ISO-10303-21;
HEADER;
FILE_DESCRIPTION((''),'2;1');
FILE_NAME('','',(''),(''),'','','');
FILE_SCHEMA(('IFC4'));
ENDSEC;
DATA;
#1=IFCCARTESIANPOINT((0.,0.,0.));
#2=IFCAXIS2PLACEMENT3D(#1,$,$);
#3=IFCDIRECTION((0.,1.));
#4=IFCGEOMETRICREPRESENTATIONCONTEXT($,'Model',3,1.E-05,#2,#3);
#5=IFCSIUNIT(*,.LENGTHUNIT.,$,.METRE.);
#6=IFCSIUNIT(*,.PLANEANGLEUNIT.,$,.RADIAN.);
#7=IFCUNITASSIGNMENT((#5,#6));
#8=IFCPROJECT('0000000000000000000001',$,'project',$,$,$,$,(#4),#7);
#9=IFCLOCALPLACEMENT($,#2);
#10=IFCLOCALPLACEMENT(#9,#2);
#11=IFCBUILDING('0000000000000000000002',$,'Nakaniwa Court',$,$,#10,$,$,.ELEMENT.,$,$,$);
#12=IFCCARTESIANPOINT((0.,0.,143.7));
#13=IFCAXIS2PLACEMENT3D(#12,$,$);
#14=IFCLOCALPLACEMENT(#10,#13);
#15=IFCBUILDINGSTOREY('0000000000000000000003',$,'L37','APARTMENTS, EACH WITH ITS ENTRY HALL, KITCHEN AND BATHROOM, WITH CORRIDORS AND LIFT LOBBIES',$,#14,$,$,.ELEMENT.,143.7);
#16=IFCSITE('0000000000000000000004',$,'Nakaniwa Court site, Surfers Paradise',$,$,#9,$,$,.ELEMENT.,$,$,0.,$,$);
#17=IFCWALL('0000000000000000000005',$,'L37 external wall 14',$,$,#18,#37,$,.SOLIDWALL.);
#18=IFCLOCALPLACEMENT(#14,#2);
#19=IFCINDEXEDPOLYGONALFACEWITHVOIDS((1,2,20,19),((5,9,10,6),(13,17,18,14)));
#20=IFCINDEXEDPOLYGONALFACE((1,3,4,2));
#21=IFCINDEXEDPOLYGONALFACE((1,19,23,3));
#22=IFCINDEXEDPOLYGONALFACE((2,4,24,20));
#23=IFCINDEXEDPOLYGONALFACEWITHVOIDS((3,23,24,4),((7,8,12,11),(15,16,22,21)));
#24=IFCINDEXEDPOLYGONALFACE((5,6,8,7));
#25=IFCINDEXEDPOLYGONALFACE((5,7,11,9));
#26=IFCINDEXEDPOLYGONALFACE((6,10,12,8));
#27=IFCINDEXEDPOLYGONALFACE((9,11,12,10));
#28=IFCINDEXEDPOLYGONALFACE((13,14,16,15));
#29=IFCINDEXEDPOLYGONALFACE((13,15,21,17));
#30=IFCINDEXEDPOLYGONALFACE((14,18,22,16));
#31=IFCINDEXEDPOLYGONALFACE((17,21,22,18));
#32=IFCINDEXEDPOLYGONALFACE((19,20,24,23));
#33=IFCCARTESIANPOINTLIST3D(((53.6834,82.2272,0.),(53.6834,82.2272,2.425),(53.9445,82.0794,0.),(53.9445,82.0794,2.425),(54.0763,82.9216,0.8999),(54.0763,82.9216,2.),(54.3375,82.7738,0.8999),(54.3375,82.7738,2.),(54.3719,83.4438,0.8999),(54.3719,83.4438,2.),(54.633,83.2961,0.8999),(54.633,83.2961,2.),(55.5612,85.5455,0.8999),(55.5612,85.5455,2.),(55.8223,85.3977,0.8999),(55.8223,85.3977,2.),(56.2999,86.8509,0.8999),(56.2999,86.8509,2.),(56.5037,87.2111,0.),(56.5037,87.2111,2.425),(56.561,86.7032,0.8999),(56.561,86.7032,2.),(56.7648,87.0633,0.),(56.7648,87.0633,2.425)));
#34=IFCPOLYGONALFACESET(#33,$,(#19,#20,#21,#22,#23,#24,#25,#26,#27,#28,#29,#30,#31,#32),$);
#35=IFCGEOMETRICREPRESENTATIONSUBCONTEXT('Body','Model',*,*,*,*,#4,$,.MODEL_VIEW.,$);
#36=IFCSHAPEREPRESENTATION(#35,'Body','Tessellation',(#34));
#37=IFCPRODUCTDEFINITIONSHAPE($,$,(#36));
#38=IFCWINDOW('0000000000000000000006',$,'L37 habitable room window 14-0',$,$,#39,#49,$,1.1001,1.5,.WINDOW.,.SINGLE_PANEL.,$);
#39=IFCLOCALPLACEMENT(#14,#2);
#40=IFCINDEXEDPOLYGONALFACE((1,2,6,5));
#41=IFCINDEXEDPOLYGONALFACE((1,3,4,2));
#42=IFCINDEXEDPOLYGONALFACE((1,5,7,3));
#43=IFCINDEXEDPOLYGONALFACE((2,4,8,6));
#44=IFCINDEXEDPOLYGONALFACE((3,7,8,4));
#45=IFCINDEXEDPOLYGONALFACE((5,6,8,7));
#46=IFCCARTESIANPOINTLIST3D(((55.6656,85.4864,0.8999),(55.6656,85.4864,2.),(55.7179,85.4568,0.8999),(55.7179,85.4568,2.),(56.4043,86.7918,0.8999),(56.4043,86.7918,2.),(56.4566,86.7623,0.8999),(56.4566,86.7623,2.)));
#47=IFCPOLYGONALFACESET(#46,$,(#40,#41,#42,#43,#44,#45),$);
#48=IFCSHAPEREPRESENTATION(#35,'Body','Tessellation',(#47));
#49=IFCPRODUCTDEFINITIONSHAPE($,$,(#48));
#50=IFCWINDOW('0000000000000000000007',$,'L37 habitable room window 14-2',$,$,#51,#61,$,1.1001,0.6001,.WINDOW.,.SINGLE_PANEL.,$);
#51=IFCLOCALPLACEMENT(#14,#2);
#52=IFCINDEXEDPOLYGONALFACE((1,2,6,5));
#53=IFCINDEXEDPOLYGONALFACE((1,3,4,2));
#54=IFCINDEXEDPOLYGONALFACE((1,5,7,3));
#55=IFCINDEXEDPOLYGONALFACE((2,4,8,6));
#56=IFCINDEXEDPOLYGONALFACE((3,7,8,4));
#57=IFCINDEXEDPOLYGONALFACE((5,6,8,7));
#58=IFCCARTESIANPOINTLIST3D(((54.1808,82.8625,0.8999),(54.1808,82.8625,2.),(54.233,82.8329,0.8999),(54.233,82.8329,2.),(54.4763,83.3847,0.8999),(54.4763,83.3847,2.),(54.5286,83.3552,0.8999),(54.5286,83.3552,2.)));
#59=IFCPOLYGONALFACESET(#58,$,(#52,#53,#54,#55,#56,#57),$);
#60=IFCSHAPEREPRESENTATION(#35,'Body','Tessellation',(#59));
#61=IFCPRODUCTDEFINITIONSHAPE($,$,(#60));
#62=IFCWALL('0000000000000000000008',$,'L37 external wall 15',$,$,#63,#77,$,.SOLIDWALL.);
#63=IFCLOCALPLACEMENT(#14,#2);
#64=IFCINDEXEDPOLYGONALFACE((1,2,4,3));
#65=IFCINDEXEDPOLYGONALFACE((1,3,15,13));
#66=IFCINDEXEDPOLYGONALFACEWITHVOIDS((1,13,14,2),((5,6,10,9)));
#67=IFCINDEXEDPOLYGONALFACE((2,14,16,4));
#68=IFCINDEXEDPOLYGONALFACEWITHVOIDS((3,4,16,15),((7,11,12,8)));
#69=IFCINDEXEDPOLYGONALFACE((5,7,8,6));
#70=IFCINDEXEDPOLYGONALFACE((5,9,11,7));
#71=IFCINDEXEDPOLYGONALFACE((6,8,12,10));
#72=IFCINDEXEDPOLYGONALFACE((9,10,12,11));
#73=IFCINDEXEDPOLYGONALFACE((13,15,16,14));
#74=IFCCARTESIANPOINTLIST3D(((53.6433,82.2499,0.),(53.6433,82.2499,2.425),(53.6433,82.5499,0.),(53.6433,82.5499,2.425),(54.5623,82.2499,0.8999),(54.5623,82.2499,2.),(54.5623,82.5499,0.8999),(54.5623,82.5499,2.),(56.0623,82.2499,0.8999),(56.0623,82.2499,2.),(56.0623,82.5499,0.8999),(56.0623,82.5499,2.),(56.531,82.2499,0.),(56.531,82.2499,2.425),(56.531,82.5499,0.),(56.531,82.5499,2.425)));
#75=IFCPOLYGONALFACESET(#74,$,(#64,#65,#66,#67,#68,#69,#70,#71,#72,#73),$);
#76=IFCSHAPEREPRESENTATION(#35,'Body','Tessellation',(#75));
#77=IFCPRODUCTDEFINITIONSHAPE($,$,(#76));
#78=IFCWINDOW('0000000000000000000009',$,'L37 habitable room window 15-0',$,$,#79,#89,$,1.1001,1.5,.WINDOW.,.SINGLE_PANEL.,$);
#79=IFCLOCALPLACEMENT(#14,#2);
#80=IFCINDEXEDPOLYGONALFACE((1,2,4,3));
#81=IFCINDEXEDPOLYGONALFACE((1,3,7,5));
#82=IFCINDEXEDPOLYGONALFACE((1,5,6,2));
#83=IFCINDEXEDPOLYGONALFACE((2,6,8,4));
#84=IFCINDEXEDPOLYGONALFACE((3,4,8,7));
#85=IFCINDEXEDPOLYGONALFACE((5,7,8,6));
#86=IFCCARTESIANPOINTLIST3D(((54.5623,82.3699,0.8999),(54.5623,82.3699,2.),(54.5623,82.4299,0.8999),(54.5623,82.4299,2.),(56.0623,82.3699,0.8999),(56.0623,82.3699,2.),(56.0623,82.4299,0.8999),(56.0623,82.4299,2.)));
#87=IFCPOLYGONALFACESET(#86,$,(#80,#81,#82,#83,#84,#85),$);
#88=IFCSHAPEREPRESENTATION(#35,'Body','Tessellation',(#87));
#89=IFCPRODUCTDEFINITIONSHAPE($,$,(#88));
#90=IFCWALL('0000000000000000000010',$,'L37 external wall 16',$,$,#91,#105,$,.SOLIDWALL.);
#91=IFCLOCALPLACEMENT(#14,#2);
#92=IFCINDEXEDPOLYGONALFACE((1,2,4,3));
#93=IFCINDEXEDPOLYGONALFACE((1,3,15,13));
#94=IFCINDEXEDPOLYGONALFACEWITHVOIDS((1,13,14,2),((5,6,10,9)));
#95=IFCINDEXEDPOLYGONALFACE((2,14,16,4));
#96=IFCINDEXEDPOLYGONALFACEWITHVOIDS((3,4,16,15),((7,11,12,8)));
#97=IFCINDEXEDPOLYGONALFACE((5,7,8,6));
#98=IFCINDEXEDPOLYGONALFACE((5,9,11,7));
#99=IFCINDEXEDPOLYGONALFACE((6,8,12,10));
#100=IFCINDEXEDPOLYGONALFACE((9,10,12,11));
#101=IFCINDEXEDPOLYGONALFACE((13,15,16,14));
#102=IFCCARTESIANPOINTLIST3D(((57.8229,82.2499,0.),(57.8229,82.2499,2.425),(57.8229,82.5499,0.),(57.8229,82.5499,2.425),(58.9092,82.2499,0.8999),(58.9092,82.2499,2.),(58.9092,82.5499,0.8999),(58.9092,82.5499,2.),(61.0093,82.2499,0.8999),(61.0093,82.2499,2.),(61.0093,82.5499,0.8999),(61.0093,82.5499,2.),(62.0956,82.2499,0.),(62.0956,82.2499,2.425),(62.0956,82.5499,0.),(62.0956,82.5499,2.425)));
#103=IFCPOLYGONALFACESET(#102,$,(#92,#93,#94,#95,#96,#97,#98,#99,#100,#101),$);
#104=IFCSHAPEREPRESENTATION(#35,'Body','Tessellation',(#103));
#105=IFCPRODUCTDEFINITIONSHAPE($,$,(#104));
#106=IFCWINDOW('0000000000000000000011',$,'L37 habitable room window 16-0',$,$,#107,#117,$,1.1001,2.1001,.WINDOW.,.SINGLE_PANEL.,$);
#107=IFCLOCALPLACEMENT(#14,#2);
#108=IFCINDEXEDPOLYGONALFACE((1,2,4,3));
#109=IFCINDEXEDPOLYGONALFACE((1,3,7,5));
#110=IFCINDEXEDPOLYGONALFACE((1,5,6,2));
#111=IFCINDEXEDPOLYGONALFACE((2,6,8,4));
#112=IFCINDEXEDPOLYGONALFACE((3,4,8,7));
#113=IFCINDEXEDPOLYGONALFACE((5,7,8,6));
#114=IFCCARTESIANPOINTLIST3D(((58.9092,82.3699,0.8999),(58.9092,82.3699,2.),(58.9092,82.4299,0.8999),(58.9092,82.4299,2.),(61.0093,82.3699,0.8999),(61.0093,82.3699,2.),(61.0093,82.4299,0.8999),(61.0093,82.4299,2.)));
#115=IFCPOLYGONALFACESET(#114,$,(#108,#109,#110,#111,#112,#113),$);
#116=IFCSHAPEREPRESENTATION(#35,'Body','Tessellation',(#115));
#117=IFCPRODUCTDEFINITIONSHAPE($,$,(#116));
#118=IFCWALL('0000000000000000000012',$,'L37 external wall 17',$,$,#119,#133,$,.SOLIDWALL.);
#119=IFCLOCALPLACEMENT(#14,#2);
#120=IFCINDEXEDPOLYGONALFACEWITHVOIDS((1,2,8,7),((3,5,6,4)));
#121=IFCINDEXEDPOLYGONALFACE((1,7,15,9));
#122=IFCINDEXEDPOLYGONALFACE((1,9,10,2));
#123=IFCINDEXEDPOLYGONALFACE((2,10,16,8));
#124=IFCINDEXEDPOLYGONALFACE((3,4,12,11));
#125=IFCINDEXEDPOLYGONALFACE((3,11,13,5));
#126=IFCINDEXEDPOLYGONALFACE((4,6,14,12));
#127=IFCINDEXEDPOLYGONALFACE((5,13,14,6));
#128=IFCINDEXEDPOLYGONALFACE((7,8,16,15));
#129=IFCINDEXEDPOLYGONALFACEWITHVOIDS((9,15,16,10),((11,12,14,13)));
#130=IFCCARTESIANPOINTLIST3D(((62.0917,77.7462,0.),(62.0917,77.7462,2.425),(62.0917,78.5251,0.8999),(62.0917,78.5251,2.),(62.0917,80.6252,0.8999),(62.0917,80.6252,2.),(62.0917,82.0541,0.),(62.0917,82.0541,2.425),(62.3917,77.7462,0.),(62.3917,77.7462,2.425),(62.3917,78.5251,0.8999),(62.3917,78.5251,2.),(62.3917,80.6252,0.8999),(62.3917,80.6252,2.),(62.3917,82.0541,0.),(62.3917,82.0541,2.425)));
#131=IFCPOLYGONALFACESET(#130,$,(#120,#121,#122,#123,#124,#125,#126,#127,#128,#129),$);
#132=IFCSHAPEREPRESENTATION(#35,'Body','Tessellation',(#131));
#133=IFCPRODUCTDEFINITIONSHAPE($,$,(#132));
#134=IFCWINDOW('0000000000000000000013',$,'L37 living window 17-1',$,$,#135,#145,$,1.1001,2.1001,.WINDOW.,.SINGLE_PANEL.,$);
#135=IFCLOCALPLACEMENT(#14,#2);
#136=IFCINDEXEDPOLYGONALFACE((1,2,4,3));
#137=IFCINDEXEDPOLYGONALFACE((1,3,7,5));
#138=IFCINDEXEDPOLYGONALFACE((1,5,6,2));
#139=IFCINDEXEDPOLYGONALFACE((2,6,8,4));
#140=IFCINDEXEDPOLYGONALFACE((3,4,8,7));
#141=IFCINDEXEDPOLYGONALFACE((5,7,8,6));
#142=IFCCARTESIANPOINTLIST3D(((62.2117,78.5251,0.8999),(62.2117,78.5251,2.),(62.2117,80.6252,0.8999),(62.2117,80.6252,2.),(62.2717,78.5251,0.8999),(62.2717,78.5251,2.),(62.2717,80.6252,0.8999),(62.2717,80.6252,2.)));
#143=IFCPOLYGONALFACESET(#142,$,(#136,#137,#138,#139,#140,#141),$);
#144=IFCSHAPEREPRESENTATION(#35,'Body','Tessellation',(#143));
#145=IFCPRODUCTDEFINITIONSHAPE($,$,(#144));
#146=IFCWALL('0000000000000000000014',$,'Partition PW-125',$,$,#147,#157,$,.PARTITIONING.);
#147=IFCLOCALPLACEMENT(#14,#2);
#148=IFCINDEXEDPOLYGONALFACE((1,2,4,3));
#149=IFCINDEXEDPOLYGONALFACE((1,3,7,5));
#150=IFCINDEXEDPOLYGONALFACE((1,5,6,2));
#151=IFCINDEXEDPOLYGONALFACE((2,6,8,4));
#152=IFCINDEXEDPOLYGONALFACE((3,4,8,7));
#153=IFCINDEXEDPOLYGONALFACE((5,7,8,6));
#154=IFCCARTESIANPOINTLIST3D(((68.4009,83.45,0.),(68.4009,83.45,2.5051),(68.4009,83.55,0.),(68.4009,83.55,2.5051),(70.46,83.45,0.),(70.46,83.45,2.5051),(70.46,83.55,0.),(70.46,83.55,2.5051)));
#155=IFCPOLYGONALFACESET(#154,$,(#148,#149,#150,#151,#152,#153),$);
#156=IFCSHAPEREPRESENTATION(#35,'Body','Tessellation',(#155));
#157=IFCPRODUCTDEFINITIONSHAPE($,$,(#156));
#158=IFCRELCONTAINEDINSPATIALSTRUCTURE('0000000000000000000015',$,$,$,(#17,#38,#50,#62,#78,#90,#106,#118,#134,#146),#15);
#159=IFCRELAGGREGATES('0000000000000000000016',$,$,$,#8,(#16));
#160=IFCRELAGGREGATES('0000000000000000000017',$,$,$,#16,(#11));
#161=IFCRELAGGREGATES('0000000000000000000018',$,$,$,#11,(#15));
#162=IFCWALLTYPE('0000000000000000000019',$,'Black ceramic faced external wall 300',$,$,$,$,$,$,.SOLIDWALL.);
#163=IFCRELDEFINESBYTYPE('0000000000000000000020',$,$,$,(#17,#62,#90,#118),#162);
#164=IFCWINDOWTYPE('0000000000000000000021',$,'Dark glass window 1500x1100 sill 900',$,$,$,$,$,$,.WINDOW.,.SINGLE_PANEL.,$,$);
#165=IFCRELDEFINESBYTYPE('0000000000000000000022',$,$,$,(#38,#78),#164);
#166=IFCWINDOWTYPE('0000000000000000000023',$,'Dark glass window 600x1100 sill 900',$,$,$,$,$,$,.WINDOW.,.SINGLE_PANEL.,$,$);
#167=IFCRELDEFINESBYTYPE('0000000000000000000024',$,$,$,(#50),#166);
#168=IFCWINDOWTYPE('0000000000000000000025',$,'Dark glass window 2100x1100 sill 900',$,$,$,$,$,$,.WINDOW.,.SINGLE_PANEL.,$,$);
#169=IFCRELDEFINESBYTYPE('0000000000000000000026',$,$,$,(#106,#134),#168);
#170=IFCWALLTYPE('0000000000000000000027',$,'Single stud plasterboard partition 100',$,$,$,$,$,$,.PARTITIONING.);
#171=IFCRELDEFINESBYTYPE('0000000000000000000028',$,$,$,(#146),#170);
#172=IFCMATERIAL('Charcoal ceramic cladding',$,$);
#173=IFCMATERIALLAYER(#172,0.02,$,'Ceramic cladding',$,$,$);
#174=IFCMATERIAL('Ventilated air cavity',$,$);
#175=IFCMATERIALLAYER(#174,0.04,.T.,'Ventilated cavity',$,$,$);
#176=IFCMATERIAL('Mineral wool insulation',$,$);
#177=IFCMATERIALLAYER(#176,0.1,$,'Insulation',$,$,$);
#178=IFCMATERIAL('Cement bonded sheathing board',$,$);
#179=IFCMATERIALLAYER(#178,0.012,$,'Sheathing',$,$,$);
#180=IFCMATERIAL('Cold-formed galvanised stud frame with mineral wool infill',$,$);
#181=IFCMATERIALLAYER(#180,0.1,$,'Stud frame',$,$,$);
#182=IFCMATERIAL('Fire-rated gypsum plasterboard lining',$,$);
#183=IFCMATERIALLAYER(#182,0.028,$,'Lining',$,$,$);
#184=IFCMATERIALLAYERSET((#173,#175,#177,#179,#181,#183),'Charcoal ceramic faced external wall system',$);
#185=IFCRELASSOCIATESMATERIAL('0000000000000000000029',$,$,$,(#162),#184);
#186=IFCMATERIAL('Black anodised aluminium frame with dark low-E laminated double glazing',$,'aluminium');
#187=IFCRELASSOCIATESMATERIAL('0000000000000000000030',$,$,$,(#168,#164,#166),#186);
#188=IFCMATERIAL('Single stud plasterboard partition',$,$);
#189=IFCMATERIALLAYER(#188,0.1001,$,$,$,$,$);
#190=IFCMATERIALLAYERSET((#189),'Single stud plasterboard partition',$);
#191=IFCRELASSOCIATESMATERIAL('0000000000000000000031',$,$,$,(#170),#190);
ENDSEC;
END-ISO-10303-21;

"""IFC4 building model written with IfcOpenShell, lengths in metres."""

from ifc_helpers import new_model, si_unit, direction, frame, frame_2d, origin, place, context, subcontext, project, spatial, rectangle, extrude, material, layer, layer_set, type_object, element, fill, save


model = new_model("IFC4")

# Units and contexts
model_context = context("Model", 3, precision=1e-05, world=origin(), true_north=direction((0.0, 1.0)))
body_context = subcontext(model_context, "Body", "Model", "MODEL_VIEW")
ifc_project = project(units=[si_unit("LENGTHUNIT", "METRE"), si_unit("PLANEANGLEUNIT", "RADIAN")], contexts=[model_context])

# Site, building, storey
site_placement = place(None, origin())
site = spatial("IfcSite", under=ifc_project, at=site_placement, Name="Nakaniwa Court site, Surfers Paradise", CompositionType="ELEMENT", RefElevation=0.0)
building_placement = place(site_placement, origin())
building = spatial("IfcBuilding", under=site, at=building_placement, Name="Nakaniwa Court", CompositionType="ELEMENT")
storey_placement = place(building_placement, frame((0.0, 0.0, 143.7)))
storey = spatial("IfcBuildingStorey", under=building, at=storey_placement, Name="L37", Description="APARTMENTS, EACH WITH ITS ENTRY HALL, KITCHEN AND BATHROOM, WITH CORRIDORS AND LIFT LOBBIES", CompositionType="ELEMENT", Elevation=143.7)

# Shared definitions
ifc_material_1 = material(Name="Charcoal ceramic cladding")
ifc_layer_1 = layer(ifc_material_1, 0.02, Name="Ceramic cladding")
ifc_material_2 = material(Name="Ventilated air cavity")
ifc_layer_2 = layer(ifc_material_2, 0.04, ventilated=True, Name="Ventilated cavity")
ifc_material_3 = material(Name="Mineral wool insulation")
ifc_layer_3 = layer(ifc_material_3, 0.1, Name="Insulation")
ifc_material_4 = material(Name="Cement bonded sheathing board")
ifc_layer_4 = layer(ifc_material_4, 0.012, Name="Sheathing")
ifc_material_5 = material(Name="Cold-formed galvanised stud frame with mineral wool infill")
ifc_layer_5 = layer(ifc_material_5, 0.1, Name="Stud frame")
ifc_material_6 = material(Name="Fire-rated gypsum plasterboard lining")
ifc_layer_6 = layer(ifc_material_6, 0.028, Name="Lining")
ifc_layer_set_1 = layer_set([ifc_layer_1, ifc_layer_2, ifc_layer_3, ifc_layer_4, ifc_layer_5, ifc_layer_6], Name="Charcoal ceramic faced external wall system")
wall_type_1 = type_object("IfcWallType", Name="Black ceramic faced external wall 300", PredefinedType="SOLIDWALL", material=ifc_layer_set_1)
ifc_material_7 = material(Name="Black anodised aluminium frame with dark low-E laminated double glazing", Category="aluminium")
window_type_1 = type_object("IfcWindowType", Name="Dark glass window 2100x1100 sill 900", PartitioningType="SINGLE_PANEL", PredefinedType="WINDOW", material=ifc_material_7)

# Wall, openings, windows
wall_1_placement = place(storey_placement, frame((56.6343, 87.1372, 0.0), z_axis=(0.0, 0.0, 1.0), x_axis=(-0.492498, -0.870313, 0.0)))
wall_1 = element("IfcWall", 1, at=wall_1_placement, inside=storey, type_object=wall_type_1, Name="L37 external wall 14", PredefinedType="SOLIDWALL", context=body_context, shape_type="SweptSolid", body=[
    extrude(rectangle(XDim=5.7266, YDim=0.3, at=frame_2d((2.8633, 0.0))), origin(), (0.0, 0.0, 1.0), 2.425),
])
opening_1_placement = place(wall_1_placement, frame((0.4138, 0.0, 0.8999)))
opening_1 = element("IfcOpeningElement", 2, at=opening_1_placement, cuts=wall_1, PredefinedType="OPENING", context=body_context, shape_type="SweptSolid", body=[
    extrude(rectangle(XDim=1.5, YDim=1.1001, at=frame_2d((0.75, 0.55))), frame((0.0, 0.1599, 0.0), z_axis=(0.0, -1.0, 0.0), x_axis=(1.0, 0.0, 0.0)), (0.0, 0.0, 1.0), 0.3201),
])
opening_2_placement = place(wall_1_placement, frame((4.3286, 0.0, 0.8999)))
opening_2 = element("IfcOpeningElement", 3, at=opening_2_placement, cuts=wall_1, PredefinedType="OPENING", context=body_context, shape_type="SweptSolid", body=[
    extrude(rectangle(XDim=0.6001, YDim=1.1001, at=frame_2d((0.3, 0.55))), frame((0.0, 0.1599, 0.0), z_axis=(0.0, -1.0, 0.0), x_axis=(1.0, 0.0, 0.0)), (0.0, 0.0, 1.0), 0.3201),
])
window_type_2 = type_object("IfcWindowType", Name="Dark glass window 1500x1100 sill 900", PartitioningType="SINGLE_PANEL", PredefinedType="WINDOW", material=ifc_material_7)
window_1_placement = place(opening_1_placement, origin())
window_1 = element("IfcWindow", 4, at=window_1_placement, inside=storey, type_object=window_type_2, Name="L37 habitable room window 14-0", OverallHeight=1.1001, OverallWidth=1.5, PartitioningType="SINGLE_PANEL", PredefinedType="WINDOW", context=body_context, shape_type="SweptSolid", body=[
    extrude(rectangle(XDim=1.5, YDim=1.1001, at=frame_2d((0.75, 0.55))), frame((0.0, 0.03, 0.0), z_axis=(0.0, -1.0, 0.0), x_axis=(1.0, 0.0, 0.0)), (0.0, 0.0, 1.0), 0.0601),
])
fill(opening_1, window_1)
window_type_3 = type_object("IfcWindowType", Name="Dark glass window 600x1100 sill 900", PartitioningType="SINGLE_PANEL", PredefinedType="WINDOW", material=ifc_material_7)
window_2_placement = place(opening_2_placement, origin())
window_2 = element("IfcWindow", 5, at=window_2_placement, inside=storey, type_object=window_type_3, Name="L37 habitable room window 14-2", OverallHeight=1.1001, OverallWidth=0.6001, PartitioningType="SINGLE_PANEL", PredefinedType="WINDOW", context=body_context, shape_type="SweptSolid", body=[
    extrude(rectangle(XDim=0.6001, YDim=1.1001, at=frame_2d((0.3, 0.55))), frame((0.0, 0.03, 0.0), z_axis=(0.0, -1.0, 0.0), x_axis=(1.0, 0.0, 0.0)), (0.0, 0.0, 1.0), 0.0601),
])
fill(opening_2, window_2)

# Walls, openings, windows
wall_2_placement = place(storey_placement, frame((53.6433, 82.3999, 0.0), z_axis=(0.0, 0.0, 1.0), x_axis=(1.0, 0.0, 0.0)))
wall_2 = element("IfcWall", 6, at=wall_2_placement, inside=storey, type_object=wall_type_1, Name="L37 external wall 15", PredefinedType="SOLIDWALL", context=body_context, shape_type="SweptSolid", body=[
    extrude(rectangle(XDim=2.8877, YDim=0.3, at=frame_2d((1.4438, 0.0))), origin(), (0.0, 0.0, 1.0), 2.425),
])
opening_3_placement = place(wall_2_placement, frame((0.9189, 0.0, 0.8999)))
opening_3 = element("IfcOpeningElement", 7, at=opening_3_placement, cuts=wall_2, PredefinedType="OPENING", context=body_context, shape_type="SweptSolid", body=[
    extrude(rectangle(XDim=1.5, YDim=1.1001, at=frame_2d((0.75, 0.55))), frame((0.0, 0.1599, 0.0), z_axis=(0.0, -1.0, 0.0), x_axis=(1.0, 0.0, 0.0)), (0.0, 0.0, 1.0), 0.3201),
])
window_3_placement = place(opening_3_placement, origin())
window_3 = element("IfcWindow", 8, at=window_3_placement, inside=storey, type_object=window_type_2, Name="L37 habitable room window 15-0", OverallHeight=1.1001, OverallWidth=1.5, PartitioningType="SINGLE_PANEL", PredefinedType="WINDOW", context=body_context, shape_type="SweptSolid", body=[
    extrude(rectangle(XDim=1.5, YDim=1.1001, at=frame_2d((0.75, 0.55))), frame((0.0, 0.03, 0.0), z_axis=(0.0, -1.0, 0.0), x_axis=(1.0, 0.0, 0.0)), (0.0, 0.0, 1.0), 0.0601),
])
fill(opening_3, window_3)
wall_3_placement = place(storey_placement, frame((57.823, 82.3999, 0.0), z_axis=(0.0, 0.0, 1.0), x_axis=(1.0, 0.0, 0.0)))
wall_3 = element("IfcWall", 9, at=wall_3_placement, inside=storey, type_object=wall_type_1, Name="L37 external wall 16", PredefinedType="SOLIDWALL", context=body_context, shape_type="SweptSolid", body=[
    extrude(rectangle(XDim=4.2727, YDim=0.3, at=frame_2d((2.1362, 0.0))), origin(), (0.0, 0.0, 1.0), 2.425),
])
opening_4_placement = place(wall_3_placement, frame((1.0862, 0.0, 0.8999)))
opening_4 = element("IfcOpeningElement", 10, at=opening_4_placement, cuts=wall_3, PredefinedType="OPENING", context=body_context, shape_type="SweptSolid", body=[
    extrude(rectangle(XDim=2.1001, YDim=1.1001, at=frame_2d((1.05, 0.55))), frame((0.0, 0.1599, 0.0), z_axis=(0.0, -1.0, 0.0), x_axis=(1.0, 0.0, 0.0)), (0.0, 0.0, 1.0), 0.3201),
])
window_4_placement = place(opening_4_placement, origin())
window_4 = element("IfcWindow", 11, at=window_4_placement, inside=storey, type_object=window_type_1, Name="L37 habitable room window 16-0", OverallHeight=1.1001, OverallWidth=2.1001, PartitioningType="SINGLE_PANEL", PredefinedType="WINDOW", context=body_context, shape_type="SweptSolid", body=[
    extrude(rectangle(XDim=2.1001, YDim=1.1001, at=frame_2d((1.05, 0.55))), frame((0.0, 0.03, 0.0), z_axis=(0.0, -1.0, 0.0), x_axis=(1.0, 0.0, 0.0)), (0.0, 0.0, 1.0), 0.0601),
])
fill(opening_4, window_4)
wall_4_placement = place(storey_placement, frame((62.2417, 82.054, 0.0), z_axis=(0.0, 0.0, 1.0), x_axis=(0.0, -1.0, 0.0)))
wall_4 = element("IfcWall", 12, at=wall_4_placement, inside=storey, type_object=wall_type_1, Name="L37 external wall 17", PredefinedType="SOLIDWALL", context=body_context, shape_type="SweptSolid", body=[
    extrude(rectangle(XDim=4.3079, YDim=0.3, at=frame_2d((2.1538, 0.0))), origin(), (0.0, 0.0, 1.0), 2.425),
])
opening_5_placement = place(wall_4_placement, frame((1.4287, 0.0, 0.8999)))
opening_5 = element("IfcOpeningElement", 13, at=opening_5_placement, cuts=wall_4, PredefinedType="OPENING", context=body_context, shape_type="SweptSolid", body=[
    extrude(rectangle(XDim=2.1001, YDim=1.1001, at=frame_2d((1.05, 0.55))), frame((0.0, 0.1599, 0.0), z_axis=(0.0, -1.0, 0.0), x_axis=(1.0, 0.0, 0.0)), (0.0, 0.0, 1.0), 0.3201),
])
window_5_placement = place(opening_5_placement, origin())
window_5 = element("IfcWindow", 14, at=window_5_placement, inside=storey, type_object=window_type_1, Name="L37 living window 17-1", OverallHeight=1.1001, OverallWidth=2.1001, PartitioningType="SINGLE_PANEL", PredefinedType="WINDOW", context=body_context, shape_type="SweptSolid", body=[
    extrude(rectangle(XDim=2.1001, YDim=1.1001, at=frame_2d((1.05, 0.55))), frame((0.0, 0.03, 0.0), z_axis=(0.0, -1.0, 0.0), x_axis=(1.0, 0.0, 0.0)), (0.0, 0.0, 1.0), 0.0601),
])
fill(opening_5, window_5)

# Wall
ifc_material_8 = material(Name="Single stud plasterboard partition")
ifc_layer_7 = layer(ifc_material_8, 0.1001)
ifc_layer_set_2 = layer_set([ifc_layer_7], Name="Single stud plasterboard partition")
wall_type_2 = type_object("IfcWallType", Name="Single stud plasterboard partition 100", PredefinedType="PARTITIONING", material=ifc_layer_set_2)
wall_5_placement = place(storey_placement, frame((68.4009, 83.5, 0.0), z_axis=(0.0, 0.0, 1.0), x_axis=(1.0, 0.0, 0.0)))
element("IfcWall", 15, at=wall_5_placement, inside=storey, type_object=wall_type_2, Name="Partition PW-125", PredefinedType="PARTITIONING", context=body_context, shape_type="SweptSolid", body=[
    extrude(rectangle(XDim=2.0591, YDim=0.1001, at=frame_2d((1.0295, 0.0))), origin(), (0.0, 0.0, 1.0), 2.5051),
])

save(model, "model.ifc")
